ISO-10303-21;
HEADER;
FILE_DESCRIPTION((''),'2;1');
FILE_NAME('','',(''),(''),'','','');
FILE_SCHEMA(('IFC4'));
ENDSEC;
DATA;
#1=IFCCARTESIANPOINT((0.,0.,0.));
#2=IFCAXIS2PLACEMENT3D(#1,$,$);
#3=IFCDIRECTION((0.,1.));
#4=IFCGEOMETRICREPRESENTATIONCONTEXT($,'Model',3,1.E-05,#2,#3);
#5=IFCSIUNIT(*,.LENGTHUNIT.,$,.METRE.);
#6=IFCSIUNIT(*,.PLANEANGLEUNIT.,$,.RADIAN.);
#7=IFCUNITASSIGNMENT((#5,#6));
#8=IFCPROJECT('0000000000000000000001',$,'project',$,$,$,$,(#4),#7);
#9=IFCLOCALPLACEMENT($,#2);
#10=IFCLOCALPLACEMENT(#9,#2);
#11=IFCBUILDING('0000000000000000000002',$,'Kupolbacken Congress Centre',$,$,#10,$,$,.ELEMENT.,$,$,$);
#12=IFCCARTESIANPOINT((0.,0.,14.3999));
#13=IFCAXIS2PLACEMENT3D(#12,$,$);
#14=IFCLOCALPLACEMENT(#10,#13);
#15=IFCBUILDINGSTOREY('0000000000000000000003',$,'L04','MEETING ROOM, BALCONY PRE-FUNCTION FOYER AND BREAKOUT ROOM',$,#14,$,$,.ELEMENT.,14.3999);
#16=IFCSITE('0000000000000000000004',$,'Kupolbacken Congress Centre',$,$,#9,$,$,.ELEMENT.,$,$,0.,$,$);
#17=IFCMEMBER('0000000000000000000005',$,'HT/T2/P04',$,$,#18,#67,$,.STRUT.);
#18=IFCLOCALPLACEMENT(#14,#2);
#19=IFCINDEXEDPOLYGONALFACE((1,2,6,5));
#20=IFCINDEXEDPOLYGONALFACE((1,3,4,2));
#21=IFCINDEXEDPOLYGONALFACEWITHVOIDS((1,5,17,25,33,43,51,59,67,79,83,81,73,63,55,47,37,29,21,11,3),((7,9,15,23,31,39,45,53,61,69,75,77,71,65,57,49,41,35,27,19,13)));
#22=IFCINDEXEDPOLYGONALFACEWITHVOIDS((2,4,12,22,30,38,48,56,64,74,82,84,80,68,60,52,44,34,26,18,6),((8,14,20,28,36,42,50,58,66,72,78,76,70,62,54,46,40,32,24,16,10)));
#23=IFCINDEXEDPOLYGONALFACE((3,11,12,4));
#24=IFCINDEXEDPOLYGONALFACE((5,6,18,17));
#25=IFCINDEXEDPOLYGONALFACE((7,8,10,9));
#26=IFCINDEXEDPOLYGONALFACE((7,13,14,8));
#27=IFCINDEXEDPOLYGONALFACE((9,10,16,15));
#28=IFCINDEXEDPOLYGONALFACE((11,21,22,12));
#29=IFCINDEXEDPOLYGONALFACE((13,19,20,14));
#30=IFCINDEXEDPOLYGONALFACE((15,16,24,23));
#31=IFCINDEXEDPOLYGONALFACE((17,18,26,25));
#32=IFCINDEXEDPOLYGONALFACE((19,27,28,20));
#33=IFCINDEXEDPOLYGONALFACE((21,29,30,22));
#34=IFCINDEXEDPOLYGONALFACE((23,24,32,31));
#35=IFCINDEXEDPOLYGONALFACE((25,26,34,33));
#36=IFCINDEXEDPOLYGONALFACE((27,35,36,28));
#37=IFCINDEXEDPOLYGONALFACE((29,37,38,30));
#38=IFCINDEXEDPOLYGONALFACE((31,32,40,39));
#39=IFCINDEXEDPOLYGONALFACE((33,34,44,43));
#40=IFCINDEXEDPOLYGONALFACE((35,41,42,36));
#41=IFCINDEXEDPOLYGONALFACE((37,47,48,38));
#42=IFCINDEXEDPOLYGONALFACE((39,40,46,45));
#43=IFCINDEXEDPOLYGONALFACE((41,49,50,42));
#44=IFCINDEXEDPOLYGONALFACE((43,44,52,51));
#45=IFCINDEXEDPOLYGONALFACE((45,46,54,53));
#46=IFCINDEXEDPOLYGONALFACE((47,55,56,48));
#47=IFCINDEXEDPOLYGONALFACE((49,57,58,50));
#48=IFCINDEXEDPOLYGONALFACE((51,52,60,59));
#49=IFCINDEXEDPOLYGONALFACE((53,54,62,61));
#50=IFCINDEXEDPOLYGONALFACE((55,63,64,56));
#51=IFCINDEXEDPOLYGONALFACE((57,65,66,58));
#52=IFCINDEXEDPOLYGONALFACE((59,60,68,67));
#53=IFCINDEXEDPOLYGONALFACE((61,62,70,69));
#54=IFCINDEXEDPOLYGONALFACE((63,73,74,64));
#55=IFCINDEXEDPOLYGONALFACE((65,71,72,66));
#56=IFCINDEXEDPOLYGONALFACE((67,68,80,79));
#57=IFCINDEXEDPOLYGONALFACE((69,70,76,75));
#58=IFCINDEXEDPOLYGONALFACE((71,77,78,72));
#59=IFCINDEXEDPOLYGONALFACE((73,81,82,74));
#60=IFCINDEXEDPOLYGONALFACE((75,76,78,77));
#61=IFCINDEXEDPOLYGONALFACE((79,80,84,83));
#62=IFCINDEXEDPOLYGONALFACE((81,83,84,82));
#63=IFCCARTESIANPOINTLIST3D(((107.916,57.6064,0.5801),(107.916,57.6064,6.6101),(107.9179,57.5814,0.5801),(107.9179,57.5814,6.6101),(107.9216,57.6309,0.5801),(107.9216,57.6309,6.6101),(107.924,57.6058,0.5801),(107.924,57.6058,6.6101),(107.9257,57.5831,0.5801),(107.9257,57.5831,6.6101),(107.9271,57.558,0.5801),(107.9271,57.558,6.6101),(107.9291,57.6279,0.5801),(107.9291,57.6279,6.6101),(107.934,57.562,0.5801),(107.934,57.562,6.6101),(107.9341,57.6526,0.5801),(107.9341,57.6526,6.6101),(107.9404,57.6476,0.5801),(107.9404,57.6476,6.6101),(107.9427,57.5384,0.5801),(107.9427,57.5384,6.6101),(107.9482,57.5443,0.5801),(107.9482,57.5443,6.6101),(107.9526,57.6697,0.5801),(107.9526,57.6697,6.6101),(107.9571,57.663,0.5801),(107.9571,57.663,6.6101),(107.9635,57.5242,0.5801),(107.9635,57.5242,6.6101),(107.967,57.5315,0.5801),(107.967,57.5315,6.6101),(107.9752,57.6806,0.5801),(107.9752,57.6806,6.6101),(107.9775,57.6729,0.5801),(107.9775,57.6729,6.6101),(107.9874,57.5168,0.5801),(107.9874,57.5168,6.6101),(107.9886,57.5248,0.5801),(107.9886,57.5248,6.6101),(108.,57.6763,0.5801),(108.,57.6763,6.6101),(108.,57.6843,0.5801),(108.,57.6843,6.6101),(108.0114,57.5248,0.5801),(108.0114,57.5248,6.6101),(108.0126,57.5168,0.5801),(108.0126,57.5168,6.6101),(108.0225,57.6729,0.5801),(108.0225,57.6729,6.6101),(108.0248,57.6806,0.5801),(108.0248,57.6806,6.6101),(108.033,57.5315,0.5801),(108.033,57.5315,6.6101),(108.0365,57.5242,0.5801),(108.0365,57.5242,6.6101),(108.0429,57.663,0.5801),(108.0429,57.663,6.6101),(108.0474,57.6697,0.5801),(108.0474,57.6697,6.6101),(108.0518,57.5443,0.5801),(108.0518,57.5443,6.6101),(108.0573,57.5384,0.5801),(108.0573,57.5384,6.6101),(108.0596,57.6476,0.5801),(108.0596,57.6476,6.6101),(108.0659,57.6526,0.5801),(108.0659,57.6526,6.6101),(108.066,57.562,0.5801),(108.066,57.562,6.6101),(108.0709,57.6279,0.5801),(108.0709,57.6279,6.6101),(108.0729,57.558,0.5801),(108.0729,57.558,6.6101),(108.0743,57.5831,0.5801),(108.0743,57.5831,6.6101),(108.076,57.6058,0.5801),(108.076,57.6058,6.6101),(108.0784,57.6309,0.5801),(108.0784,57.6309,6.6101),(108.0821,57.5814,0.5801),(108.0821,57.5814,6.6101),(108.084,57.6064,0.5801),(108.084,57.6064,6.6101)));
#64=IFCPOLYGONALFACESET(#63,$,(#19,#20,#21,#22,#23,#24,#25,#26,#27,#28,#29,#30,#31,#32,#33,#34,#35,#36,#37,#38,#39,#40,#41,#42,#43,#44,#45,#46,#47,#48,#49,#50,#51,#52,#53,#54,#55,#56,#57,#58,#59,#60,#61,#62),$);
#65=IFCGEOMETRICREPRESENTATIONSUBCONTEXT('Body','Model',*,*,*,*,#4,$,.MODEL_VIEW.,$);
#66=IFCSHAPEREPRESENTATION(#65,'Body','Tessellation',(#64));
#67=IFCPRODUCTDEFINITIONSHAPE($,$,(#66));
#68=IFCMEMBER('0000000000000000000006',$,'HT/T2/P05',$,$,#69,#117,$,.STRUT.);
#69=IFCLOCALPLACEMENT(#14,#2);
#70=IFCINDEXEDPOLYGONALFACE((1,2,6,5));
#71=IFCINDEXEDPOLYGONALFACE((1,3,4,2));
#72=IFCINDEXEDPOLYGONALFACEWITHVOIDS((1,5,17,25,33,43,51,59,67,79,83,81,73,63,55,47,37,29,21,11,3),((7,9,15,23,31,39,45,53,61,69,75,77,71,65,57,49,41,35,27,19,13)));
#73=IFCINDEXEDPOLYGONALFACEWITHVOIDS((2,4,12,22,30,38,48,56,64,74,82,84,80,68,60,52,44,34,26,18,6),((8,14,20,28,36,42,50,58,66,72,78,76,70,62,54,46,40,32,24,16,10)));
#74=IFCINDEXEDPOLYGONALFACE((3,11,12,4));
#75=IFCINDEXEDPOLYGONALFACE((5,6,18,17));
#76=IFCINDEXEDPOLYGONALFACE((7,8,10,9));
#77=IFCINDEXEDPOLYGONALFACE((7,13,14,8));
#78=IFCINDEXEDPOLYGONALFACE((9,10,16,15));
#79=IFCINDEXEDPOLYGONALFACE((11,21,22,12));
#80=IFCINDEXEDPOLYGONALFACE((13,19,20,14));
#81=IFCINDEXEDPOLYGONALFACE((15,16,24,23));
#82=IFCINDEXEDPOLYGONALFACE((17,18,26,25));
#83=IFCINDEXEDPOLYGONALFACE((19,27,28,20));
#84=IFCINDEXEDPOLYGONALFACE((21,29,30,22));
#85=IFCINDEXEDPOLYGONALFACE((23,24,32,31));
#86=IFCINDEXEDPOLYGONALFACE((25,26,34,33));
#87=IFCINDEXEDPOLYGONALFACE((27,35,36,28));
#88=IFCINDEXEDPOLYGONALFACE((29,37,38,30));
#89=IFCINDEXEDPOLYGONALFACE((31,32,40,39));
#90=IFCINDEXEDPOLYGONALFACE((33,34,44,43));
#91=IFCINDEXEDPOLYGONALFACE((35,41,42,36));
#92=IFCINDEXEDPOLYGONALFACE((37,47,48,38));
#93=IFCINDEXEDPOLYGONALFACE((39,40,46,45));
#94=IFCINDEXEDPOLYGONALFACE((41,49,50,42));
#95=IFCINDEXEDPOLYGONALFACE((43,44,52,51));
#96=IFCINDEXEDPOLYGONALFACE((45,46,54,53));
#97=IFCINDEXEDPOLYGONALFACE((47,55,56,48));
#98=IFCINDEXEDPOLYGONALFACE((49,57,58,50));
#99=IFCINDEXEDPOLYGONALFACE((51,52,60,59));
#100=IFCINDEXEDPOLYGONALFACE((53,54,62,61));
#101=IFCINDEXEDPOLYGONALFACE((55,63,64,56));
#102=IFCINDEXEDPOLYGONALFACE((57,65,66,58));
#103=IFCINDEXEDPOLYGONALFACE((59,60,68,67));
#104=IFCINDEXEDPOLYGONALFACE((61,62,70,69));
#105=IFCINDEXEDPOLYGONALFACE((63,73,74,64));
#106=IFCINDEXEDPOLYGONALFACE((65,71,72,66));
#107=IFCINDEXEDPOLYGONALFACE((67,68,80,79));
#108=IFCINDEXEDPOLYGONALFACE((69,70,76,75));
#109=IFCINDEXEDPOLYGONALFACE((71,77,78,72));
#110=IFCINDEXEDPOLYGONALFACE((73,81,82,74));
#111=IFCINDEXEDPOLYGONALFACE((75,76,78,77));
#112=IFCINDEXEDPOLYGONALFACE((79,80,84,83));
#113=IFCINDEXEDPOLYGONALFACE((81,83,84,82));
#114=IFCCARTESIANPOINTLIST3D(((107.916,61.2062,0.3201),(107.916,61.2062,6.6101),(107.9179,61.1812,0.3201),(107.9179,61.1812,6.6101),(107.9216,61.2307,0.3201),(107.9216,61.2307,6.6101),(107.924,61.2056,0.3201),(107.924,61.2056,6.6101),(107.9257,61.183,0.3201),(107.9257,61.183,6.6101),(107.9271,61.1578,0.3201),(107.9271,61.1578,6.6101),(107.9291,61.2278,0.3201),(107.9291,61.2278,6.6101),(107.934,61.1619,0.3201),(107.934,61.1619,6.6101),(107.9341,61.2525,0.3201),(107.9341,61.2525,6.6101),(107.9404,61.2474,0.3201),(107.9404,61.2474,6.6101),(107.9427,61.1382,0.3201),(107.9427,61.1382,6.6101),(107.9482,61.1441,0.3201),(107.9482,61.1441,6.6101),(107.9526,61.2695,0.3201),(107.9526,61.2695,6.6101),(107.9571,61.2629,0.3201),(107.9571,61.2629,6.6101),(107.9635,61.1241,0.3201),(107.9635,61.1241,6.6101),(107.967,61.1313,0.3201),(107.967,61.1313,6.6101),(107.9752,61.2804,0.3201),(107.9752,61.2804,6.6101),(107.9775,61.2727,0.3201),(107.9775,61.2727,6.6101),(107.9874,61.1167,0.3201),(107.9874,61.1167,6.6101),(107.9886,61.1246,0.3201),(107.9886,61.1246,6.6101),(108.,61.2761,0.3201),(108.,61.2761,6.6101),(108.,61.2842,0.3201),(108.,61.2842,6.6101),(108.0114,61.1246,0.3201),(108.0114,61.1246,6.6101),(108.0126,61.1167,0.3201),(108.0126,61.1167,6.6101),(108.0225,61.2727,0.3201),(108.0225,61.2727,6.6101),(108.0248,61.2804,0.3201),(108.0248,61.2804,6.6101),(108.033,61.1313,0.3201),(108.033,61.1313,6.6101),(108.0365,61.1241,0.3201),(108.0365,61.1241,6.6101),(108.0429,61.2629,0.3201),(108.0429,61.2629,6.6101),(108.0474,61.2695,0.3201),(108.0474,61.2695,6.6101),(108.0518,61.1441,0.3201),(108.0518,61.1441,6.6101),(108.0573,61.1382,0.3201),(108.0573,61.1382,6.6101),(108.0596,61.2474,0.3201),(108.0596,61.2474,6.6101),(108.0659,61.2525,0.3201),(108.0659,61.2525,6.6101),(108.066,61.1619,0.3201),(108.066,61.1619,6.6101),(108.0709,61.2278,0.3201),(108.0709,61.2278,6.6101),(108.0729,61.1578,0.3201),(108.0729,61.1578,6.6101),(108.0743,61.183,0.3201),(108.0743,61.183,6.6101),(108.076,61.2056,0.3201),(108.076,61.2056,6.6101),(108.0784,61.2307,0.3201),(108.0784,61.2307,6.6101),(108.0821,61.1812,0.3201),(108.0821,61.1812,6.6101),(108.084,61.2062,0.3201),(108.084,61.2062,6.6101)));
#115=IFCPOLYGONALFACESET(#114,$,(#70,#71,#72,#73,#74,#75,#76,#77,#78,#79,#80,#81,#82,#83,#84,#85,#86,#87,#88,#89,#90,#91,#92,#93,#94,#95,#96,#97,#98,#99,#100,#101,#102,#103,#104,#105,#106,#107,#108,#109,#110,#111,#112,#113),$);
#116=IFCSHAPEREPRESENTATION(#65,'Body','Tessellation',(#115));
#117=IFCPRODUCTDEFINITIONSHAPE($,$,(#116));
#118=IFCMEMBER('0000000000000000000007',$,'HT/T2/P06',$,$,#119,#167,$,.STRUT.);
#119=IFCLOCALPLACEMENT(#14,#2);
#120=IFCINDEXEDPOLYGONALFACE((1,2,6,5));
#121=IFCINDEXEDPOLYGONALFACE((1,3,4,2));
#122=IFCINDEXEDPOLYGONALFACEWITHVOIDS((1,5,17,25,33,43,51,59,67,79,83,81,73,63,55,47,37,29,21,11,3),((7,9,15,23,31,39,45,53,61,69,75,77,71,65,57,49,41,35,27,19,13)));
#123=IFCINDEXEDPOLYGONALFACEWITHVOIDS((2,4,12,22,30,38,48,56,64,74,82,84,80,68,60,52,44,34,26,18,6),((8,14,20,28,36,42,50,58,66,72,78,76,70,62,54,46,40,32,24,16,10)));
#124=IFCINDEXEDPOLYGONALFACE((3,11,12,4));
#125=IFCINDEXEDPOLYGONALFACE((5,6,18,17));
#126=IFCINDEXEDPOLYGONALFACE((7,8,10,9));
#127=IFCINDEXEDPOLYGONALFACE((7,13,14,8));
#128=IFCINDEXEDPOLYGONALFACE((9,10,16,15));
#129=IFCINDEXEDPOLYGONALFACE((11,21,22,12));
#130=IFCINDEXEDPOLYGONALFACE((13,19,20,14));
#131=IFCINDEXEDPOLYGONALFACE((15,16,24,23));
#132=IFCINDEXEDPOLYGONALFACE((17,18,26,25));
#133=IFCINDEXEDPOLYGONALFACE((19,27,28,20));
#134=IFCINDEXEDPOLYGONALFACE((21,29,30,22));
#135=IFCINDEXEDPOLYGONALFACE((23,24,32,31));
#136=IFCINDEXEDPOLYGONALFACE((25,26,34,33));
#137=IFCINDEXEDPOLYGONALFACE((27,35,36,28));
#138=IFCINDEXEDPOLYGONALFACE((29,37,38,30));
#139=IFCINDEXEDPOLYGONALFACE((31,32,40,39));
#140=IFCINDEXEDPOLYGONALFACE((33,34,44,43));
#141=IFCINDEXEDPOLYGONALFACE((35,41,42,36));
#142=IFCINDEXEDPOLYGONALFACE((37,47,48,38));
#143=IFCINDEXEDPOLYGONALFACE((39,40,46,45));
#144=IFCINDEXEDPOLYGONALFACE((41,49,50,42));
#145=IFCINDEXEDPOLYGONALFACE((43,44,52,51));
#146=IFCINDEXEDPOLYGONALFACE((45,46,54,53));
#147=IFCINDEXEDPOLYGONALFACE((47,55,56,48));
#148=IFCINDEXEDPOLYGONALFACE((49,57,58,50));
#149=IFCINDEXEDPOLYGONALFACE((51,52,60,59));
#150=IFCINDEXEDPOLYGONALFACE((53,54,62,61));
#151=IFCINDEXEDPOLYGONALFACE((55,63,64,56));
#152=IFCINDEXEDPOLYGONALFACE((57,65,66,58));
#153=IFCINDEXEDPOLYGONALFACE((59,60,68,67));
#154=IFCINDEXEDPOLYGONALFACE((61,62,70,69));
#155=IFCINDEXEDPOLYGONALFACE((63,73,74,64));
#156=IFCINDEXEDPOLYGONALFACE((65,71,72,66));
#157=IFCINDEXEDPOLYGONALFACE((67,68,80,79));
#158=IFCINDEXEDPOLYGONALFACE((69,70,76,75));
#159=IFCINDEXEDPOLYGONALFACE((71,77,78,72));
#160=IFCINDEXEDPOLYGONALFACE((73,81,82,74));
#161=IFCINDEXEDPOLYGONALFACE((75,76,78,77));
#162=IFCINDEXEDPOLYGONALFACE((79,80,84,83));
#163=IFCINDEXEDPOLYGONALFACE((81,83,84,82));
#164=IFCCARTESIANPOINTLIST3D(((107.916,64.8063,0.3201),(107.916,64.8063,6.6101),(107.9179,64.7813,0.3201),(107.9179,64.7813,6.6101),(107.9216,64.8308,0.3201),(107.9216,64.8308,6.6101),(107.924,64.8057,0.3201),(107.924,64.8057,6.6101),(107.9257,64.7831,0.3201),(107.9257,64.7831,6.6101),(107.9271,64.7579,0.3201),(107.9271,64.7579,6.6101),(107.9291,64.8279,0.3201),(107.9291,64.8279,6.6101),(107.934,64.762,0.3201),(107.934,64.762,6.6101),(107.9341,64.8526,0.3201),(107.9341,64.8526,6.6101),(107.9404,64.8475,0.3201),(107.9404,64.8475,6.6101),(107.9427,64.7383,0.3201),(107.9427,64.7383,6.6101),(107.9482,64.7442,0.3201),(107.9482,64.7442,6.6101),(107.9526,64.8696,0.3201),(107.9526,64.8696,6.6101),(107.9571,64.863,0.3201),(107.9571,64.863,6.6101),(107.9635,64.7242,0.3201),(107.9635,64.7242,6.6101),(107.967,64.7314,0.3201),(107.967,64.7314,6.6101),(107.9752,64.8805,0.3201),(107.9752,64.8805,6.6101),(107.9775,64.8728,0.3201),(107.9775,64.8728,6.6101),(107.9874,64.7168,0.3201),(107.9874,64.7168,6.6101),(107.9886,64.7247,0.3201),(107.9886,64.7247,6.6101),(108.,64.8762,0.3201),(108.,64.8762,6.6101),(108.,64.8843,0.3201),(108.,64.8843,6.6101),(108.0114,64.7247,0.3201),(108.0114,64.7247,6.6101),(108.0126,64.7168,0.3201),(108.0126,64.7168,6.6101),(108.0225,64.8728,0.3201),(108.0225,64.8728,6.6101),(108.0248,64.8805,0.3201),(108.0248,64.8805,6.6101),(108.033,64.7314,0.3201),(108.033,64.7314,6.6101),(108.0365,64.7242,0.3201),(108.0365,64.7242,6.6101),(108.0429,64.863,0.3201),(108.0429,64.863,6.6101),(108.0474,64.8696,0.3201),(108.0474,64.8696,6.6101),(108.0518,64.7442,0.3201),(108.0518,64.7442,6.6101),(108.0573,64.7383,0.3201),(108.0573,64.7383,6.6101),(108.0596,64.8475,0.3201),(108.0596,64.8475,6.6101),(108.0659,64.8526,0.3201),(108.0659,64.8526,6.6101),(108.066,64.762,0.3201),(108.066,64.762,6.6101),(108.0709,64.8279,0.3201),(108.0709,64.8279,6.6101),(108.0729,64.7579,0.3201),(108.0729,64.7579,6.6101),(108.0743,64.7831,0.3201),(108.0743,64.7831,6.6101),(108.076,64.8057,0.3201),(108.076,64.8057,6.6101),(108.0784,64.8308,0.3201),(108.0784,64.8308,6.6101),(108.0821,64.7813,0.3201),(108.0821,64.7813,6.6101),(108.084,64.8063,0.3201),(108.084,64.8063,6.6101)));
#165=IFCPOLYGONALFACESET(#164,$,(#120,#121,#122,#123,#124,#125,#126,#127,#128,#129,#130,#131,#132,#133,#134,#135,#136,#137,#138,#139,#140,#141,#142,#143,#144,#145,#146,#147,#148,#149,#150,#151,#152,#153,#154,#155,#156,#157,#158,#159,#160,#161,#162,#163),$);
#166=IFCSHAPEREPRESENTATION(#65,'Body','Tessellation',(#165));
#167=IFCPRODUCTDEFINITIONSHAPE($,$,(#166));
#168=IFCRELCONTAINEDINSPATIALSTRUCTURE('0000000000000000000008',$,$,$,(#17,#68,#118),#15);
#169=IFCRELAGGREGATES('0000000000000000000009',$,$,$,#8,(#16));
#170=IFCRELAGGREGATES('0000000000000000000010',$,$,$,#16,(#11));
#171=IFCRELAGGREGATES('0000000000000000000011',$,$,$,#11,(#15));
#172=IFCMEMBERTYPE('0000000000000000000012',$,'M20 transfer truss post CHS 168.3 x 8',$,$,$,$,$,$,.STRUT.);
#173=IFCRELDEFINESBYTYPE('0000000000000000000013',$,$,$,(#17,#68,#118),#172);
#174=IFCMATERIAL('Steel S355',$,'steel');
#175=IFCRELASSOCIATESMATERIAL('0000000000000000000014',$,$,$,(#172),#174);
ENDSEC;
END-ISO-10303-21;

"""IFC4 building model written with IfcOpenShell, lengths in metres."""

from ifc_helpers import new_model, si_unit, direction, frame, origin, origin_2d, place, context, subcontext, project, spatial, hollow_circle, extrude, material, material_profile, profile_set, type_object, element, save


model = new_model("IFC4")

# Units and contexts
model_context = context("Model", 3, precision=1e-05, world=origin(), true_north=direction((0.0, 1.0)))
body_context = subcontext(model_context, "Body", "Model", "MODEL_VIEW")
ifc_project = project(units=[si_unit("LENGTHUNIT", "METRE"), si_unit("PLANEANGLEUNIT", "RADIAN")], contexts=[model_context])

# Site, building, storey
site_placement = place(None, origin())
site = spatial("IfcSite", under=ifc_project, at=site_placement, Name="Kupolbacken Congress Centre", CompositionType="ELEMENT", RefElevation=0.0)
building_placement = place(site_placement, origin())
building = spatial("IfcBuilding", under=site, at=building_placement, Name="Kupolbacken Congress Centre", CompositionType="ELEMENT")
storey_placement = place(building_placement, frame((0.0, 0.0, 14.3999)))
storey = spatial("IfcBuildingStorey", under=building, at=storey_placement, Name="L04", Description="MEETING ROOM, BALCONY PRE-FUNCTION FOYER AND BREAKOUT ROOM", CompositionType="ELEMENT", Elevation=14.3999)

# Members
ifc_material_1 = material(Name="Steel S355", Category="steel")
ifc_material_profile_1 = material_profile(ifc_material_1, hollow_circle(Radius=0.0842, WallThickness=0.0081, at=origin_2d()), Name="CHS 168.3 x 8")
ifc_profile_set_1 = profile_set([ifc_material_profile_1], Name="Steel S355")
member_type_1 = type_object("IfcMemberType", Name="M20 transfer truss post CHS 168.3 x 8", PredefinedType="STRUT", material=ifc_profile_set_1)
member_1_placement = place(storey_placement, frame((108.0, 57.6001, 0.5801), z_axis=(0.0, 0.0, 1.0), x_axis=(0.0, 1.0, 0.0)))
element("IfcMember", 1, at=member_1_placement, inside=storey, type_object=member_type_1, Name="HT/T2/P04", PredefinedType="STRUT", context=body_context, shape_type="SweptSolid", body=[
    extrude(hollow_circle(Radius=0.0842, WallThickness=0.0081, at=origin_2d()), origin(), (0.0, 0.0, 1.0), 6.03),
])
for number, where, z_axis, x_axis, name in (
    (2, (108.0, 61.2, 0.3201), (0.0, 0.0, 1.0), (0.0, 1.0, 0.0), "HT/T2/P05"),
    (3, (108.0, 64.8, 0.3201), (0.0, 0.0, 1.0), (0.0, 1.0, 0.0), "HT/T2/P06"),
):
    element("IfcMember", number, at=place(storey_placement, frame(where, z_axis=z_axis, x_axis=x_axis)), inside=storey, type_object=member_type_1, Name=name, PredefinedType="STRUT", context=body_context, shape_type="SweptSolid", body=[
        extrude(hollow_circle(Radius=0.0842, WallThickness=0.0081, at=origin_2d()), origin(), (0.0, 0.0, 1.0), 6.29),
    ])

save(model, "model.ifc")
